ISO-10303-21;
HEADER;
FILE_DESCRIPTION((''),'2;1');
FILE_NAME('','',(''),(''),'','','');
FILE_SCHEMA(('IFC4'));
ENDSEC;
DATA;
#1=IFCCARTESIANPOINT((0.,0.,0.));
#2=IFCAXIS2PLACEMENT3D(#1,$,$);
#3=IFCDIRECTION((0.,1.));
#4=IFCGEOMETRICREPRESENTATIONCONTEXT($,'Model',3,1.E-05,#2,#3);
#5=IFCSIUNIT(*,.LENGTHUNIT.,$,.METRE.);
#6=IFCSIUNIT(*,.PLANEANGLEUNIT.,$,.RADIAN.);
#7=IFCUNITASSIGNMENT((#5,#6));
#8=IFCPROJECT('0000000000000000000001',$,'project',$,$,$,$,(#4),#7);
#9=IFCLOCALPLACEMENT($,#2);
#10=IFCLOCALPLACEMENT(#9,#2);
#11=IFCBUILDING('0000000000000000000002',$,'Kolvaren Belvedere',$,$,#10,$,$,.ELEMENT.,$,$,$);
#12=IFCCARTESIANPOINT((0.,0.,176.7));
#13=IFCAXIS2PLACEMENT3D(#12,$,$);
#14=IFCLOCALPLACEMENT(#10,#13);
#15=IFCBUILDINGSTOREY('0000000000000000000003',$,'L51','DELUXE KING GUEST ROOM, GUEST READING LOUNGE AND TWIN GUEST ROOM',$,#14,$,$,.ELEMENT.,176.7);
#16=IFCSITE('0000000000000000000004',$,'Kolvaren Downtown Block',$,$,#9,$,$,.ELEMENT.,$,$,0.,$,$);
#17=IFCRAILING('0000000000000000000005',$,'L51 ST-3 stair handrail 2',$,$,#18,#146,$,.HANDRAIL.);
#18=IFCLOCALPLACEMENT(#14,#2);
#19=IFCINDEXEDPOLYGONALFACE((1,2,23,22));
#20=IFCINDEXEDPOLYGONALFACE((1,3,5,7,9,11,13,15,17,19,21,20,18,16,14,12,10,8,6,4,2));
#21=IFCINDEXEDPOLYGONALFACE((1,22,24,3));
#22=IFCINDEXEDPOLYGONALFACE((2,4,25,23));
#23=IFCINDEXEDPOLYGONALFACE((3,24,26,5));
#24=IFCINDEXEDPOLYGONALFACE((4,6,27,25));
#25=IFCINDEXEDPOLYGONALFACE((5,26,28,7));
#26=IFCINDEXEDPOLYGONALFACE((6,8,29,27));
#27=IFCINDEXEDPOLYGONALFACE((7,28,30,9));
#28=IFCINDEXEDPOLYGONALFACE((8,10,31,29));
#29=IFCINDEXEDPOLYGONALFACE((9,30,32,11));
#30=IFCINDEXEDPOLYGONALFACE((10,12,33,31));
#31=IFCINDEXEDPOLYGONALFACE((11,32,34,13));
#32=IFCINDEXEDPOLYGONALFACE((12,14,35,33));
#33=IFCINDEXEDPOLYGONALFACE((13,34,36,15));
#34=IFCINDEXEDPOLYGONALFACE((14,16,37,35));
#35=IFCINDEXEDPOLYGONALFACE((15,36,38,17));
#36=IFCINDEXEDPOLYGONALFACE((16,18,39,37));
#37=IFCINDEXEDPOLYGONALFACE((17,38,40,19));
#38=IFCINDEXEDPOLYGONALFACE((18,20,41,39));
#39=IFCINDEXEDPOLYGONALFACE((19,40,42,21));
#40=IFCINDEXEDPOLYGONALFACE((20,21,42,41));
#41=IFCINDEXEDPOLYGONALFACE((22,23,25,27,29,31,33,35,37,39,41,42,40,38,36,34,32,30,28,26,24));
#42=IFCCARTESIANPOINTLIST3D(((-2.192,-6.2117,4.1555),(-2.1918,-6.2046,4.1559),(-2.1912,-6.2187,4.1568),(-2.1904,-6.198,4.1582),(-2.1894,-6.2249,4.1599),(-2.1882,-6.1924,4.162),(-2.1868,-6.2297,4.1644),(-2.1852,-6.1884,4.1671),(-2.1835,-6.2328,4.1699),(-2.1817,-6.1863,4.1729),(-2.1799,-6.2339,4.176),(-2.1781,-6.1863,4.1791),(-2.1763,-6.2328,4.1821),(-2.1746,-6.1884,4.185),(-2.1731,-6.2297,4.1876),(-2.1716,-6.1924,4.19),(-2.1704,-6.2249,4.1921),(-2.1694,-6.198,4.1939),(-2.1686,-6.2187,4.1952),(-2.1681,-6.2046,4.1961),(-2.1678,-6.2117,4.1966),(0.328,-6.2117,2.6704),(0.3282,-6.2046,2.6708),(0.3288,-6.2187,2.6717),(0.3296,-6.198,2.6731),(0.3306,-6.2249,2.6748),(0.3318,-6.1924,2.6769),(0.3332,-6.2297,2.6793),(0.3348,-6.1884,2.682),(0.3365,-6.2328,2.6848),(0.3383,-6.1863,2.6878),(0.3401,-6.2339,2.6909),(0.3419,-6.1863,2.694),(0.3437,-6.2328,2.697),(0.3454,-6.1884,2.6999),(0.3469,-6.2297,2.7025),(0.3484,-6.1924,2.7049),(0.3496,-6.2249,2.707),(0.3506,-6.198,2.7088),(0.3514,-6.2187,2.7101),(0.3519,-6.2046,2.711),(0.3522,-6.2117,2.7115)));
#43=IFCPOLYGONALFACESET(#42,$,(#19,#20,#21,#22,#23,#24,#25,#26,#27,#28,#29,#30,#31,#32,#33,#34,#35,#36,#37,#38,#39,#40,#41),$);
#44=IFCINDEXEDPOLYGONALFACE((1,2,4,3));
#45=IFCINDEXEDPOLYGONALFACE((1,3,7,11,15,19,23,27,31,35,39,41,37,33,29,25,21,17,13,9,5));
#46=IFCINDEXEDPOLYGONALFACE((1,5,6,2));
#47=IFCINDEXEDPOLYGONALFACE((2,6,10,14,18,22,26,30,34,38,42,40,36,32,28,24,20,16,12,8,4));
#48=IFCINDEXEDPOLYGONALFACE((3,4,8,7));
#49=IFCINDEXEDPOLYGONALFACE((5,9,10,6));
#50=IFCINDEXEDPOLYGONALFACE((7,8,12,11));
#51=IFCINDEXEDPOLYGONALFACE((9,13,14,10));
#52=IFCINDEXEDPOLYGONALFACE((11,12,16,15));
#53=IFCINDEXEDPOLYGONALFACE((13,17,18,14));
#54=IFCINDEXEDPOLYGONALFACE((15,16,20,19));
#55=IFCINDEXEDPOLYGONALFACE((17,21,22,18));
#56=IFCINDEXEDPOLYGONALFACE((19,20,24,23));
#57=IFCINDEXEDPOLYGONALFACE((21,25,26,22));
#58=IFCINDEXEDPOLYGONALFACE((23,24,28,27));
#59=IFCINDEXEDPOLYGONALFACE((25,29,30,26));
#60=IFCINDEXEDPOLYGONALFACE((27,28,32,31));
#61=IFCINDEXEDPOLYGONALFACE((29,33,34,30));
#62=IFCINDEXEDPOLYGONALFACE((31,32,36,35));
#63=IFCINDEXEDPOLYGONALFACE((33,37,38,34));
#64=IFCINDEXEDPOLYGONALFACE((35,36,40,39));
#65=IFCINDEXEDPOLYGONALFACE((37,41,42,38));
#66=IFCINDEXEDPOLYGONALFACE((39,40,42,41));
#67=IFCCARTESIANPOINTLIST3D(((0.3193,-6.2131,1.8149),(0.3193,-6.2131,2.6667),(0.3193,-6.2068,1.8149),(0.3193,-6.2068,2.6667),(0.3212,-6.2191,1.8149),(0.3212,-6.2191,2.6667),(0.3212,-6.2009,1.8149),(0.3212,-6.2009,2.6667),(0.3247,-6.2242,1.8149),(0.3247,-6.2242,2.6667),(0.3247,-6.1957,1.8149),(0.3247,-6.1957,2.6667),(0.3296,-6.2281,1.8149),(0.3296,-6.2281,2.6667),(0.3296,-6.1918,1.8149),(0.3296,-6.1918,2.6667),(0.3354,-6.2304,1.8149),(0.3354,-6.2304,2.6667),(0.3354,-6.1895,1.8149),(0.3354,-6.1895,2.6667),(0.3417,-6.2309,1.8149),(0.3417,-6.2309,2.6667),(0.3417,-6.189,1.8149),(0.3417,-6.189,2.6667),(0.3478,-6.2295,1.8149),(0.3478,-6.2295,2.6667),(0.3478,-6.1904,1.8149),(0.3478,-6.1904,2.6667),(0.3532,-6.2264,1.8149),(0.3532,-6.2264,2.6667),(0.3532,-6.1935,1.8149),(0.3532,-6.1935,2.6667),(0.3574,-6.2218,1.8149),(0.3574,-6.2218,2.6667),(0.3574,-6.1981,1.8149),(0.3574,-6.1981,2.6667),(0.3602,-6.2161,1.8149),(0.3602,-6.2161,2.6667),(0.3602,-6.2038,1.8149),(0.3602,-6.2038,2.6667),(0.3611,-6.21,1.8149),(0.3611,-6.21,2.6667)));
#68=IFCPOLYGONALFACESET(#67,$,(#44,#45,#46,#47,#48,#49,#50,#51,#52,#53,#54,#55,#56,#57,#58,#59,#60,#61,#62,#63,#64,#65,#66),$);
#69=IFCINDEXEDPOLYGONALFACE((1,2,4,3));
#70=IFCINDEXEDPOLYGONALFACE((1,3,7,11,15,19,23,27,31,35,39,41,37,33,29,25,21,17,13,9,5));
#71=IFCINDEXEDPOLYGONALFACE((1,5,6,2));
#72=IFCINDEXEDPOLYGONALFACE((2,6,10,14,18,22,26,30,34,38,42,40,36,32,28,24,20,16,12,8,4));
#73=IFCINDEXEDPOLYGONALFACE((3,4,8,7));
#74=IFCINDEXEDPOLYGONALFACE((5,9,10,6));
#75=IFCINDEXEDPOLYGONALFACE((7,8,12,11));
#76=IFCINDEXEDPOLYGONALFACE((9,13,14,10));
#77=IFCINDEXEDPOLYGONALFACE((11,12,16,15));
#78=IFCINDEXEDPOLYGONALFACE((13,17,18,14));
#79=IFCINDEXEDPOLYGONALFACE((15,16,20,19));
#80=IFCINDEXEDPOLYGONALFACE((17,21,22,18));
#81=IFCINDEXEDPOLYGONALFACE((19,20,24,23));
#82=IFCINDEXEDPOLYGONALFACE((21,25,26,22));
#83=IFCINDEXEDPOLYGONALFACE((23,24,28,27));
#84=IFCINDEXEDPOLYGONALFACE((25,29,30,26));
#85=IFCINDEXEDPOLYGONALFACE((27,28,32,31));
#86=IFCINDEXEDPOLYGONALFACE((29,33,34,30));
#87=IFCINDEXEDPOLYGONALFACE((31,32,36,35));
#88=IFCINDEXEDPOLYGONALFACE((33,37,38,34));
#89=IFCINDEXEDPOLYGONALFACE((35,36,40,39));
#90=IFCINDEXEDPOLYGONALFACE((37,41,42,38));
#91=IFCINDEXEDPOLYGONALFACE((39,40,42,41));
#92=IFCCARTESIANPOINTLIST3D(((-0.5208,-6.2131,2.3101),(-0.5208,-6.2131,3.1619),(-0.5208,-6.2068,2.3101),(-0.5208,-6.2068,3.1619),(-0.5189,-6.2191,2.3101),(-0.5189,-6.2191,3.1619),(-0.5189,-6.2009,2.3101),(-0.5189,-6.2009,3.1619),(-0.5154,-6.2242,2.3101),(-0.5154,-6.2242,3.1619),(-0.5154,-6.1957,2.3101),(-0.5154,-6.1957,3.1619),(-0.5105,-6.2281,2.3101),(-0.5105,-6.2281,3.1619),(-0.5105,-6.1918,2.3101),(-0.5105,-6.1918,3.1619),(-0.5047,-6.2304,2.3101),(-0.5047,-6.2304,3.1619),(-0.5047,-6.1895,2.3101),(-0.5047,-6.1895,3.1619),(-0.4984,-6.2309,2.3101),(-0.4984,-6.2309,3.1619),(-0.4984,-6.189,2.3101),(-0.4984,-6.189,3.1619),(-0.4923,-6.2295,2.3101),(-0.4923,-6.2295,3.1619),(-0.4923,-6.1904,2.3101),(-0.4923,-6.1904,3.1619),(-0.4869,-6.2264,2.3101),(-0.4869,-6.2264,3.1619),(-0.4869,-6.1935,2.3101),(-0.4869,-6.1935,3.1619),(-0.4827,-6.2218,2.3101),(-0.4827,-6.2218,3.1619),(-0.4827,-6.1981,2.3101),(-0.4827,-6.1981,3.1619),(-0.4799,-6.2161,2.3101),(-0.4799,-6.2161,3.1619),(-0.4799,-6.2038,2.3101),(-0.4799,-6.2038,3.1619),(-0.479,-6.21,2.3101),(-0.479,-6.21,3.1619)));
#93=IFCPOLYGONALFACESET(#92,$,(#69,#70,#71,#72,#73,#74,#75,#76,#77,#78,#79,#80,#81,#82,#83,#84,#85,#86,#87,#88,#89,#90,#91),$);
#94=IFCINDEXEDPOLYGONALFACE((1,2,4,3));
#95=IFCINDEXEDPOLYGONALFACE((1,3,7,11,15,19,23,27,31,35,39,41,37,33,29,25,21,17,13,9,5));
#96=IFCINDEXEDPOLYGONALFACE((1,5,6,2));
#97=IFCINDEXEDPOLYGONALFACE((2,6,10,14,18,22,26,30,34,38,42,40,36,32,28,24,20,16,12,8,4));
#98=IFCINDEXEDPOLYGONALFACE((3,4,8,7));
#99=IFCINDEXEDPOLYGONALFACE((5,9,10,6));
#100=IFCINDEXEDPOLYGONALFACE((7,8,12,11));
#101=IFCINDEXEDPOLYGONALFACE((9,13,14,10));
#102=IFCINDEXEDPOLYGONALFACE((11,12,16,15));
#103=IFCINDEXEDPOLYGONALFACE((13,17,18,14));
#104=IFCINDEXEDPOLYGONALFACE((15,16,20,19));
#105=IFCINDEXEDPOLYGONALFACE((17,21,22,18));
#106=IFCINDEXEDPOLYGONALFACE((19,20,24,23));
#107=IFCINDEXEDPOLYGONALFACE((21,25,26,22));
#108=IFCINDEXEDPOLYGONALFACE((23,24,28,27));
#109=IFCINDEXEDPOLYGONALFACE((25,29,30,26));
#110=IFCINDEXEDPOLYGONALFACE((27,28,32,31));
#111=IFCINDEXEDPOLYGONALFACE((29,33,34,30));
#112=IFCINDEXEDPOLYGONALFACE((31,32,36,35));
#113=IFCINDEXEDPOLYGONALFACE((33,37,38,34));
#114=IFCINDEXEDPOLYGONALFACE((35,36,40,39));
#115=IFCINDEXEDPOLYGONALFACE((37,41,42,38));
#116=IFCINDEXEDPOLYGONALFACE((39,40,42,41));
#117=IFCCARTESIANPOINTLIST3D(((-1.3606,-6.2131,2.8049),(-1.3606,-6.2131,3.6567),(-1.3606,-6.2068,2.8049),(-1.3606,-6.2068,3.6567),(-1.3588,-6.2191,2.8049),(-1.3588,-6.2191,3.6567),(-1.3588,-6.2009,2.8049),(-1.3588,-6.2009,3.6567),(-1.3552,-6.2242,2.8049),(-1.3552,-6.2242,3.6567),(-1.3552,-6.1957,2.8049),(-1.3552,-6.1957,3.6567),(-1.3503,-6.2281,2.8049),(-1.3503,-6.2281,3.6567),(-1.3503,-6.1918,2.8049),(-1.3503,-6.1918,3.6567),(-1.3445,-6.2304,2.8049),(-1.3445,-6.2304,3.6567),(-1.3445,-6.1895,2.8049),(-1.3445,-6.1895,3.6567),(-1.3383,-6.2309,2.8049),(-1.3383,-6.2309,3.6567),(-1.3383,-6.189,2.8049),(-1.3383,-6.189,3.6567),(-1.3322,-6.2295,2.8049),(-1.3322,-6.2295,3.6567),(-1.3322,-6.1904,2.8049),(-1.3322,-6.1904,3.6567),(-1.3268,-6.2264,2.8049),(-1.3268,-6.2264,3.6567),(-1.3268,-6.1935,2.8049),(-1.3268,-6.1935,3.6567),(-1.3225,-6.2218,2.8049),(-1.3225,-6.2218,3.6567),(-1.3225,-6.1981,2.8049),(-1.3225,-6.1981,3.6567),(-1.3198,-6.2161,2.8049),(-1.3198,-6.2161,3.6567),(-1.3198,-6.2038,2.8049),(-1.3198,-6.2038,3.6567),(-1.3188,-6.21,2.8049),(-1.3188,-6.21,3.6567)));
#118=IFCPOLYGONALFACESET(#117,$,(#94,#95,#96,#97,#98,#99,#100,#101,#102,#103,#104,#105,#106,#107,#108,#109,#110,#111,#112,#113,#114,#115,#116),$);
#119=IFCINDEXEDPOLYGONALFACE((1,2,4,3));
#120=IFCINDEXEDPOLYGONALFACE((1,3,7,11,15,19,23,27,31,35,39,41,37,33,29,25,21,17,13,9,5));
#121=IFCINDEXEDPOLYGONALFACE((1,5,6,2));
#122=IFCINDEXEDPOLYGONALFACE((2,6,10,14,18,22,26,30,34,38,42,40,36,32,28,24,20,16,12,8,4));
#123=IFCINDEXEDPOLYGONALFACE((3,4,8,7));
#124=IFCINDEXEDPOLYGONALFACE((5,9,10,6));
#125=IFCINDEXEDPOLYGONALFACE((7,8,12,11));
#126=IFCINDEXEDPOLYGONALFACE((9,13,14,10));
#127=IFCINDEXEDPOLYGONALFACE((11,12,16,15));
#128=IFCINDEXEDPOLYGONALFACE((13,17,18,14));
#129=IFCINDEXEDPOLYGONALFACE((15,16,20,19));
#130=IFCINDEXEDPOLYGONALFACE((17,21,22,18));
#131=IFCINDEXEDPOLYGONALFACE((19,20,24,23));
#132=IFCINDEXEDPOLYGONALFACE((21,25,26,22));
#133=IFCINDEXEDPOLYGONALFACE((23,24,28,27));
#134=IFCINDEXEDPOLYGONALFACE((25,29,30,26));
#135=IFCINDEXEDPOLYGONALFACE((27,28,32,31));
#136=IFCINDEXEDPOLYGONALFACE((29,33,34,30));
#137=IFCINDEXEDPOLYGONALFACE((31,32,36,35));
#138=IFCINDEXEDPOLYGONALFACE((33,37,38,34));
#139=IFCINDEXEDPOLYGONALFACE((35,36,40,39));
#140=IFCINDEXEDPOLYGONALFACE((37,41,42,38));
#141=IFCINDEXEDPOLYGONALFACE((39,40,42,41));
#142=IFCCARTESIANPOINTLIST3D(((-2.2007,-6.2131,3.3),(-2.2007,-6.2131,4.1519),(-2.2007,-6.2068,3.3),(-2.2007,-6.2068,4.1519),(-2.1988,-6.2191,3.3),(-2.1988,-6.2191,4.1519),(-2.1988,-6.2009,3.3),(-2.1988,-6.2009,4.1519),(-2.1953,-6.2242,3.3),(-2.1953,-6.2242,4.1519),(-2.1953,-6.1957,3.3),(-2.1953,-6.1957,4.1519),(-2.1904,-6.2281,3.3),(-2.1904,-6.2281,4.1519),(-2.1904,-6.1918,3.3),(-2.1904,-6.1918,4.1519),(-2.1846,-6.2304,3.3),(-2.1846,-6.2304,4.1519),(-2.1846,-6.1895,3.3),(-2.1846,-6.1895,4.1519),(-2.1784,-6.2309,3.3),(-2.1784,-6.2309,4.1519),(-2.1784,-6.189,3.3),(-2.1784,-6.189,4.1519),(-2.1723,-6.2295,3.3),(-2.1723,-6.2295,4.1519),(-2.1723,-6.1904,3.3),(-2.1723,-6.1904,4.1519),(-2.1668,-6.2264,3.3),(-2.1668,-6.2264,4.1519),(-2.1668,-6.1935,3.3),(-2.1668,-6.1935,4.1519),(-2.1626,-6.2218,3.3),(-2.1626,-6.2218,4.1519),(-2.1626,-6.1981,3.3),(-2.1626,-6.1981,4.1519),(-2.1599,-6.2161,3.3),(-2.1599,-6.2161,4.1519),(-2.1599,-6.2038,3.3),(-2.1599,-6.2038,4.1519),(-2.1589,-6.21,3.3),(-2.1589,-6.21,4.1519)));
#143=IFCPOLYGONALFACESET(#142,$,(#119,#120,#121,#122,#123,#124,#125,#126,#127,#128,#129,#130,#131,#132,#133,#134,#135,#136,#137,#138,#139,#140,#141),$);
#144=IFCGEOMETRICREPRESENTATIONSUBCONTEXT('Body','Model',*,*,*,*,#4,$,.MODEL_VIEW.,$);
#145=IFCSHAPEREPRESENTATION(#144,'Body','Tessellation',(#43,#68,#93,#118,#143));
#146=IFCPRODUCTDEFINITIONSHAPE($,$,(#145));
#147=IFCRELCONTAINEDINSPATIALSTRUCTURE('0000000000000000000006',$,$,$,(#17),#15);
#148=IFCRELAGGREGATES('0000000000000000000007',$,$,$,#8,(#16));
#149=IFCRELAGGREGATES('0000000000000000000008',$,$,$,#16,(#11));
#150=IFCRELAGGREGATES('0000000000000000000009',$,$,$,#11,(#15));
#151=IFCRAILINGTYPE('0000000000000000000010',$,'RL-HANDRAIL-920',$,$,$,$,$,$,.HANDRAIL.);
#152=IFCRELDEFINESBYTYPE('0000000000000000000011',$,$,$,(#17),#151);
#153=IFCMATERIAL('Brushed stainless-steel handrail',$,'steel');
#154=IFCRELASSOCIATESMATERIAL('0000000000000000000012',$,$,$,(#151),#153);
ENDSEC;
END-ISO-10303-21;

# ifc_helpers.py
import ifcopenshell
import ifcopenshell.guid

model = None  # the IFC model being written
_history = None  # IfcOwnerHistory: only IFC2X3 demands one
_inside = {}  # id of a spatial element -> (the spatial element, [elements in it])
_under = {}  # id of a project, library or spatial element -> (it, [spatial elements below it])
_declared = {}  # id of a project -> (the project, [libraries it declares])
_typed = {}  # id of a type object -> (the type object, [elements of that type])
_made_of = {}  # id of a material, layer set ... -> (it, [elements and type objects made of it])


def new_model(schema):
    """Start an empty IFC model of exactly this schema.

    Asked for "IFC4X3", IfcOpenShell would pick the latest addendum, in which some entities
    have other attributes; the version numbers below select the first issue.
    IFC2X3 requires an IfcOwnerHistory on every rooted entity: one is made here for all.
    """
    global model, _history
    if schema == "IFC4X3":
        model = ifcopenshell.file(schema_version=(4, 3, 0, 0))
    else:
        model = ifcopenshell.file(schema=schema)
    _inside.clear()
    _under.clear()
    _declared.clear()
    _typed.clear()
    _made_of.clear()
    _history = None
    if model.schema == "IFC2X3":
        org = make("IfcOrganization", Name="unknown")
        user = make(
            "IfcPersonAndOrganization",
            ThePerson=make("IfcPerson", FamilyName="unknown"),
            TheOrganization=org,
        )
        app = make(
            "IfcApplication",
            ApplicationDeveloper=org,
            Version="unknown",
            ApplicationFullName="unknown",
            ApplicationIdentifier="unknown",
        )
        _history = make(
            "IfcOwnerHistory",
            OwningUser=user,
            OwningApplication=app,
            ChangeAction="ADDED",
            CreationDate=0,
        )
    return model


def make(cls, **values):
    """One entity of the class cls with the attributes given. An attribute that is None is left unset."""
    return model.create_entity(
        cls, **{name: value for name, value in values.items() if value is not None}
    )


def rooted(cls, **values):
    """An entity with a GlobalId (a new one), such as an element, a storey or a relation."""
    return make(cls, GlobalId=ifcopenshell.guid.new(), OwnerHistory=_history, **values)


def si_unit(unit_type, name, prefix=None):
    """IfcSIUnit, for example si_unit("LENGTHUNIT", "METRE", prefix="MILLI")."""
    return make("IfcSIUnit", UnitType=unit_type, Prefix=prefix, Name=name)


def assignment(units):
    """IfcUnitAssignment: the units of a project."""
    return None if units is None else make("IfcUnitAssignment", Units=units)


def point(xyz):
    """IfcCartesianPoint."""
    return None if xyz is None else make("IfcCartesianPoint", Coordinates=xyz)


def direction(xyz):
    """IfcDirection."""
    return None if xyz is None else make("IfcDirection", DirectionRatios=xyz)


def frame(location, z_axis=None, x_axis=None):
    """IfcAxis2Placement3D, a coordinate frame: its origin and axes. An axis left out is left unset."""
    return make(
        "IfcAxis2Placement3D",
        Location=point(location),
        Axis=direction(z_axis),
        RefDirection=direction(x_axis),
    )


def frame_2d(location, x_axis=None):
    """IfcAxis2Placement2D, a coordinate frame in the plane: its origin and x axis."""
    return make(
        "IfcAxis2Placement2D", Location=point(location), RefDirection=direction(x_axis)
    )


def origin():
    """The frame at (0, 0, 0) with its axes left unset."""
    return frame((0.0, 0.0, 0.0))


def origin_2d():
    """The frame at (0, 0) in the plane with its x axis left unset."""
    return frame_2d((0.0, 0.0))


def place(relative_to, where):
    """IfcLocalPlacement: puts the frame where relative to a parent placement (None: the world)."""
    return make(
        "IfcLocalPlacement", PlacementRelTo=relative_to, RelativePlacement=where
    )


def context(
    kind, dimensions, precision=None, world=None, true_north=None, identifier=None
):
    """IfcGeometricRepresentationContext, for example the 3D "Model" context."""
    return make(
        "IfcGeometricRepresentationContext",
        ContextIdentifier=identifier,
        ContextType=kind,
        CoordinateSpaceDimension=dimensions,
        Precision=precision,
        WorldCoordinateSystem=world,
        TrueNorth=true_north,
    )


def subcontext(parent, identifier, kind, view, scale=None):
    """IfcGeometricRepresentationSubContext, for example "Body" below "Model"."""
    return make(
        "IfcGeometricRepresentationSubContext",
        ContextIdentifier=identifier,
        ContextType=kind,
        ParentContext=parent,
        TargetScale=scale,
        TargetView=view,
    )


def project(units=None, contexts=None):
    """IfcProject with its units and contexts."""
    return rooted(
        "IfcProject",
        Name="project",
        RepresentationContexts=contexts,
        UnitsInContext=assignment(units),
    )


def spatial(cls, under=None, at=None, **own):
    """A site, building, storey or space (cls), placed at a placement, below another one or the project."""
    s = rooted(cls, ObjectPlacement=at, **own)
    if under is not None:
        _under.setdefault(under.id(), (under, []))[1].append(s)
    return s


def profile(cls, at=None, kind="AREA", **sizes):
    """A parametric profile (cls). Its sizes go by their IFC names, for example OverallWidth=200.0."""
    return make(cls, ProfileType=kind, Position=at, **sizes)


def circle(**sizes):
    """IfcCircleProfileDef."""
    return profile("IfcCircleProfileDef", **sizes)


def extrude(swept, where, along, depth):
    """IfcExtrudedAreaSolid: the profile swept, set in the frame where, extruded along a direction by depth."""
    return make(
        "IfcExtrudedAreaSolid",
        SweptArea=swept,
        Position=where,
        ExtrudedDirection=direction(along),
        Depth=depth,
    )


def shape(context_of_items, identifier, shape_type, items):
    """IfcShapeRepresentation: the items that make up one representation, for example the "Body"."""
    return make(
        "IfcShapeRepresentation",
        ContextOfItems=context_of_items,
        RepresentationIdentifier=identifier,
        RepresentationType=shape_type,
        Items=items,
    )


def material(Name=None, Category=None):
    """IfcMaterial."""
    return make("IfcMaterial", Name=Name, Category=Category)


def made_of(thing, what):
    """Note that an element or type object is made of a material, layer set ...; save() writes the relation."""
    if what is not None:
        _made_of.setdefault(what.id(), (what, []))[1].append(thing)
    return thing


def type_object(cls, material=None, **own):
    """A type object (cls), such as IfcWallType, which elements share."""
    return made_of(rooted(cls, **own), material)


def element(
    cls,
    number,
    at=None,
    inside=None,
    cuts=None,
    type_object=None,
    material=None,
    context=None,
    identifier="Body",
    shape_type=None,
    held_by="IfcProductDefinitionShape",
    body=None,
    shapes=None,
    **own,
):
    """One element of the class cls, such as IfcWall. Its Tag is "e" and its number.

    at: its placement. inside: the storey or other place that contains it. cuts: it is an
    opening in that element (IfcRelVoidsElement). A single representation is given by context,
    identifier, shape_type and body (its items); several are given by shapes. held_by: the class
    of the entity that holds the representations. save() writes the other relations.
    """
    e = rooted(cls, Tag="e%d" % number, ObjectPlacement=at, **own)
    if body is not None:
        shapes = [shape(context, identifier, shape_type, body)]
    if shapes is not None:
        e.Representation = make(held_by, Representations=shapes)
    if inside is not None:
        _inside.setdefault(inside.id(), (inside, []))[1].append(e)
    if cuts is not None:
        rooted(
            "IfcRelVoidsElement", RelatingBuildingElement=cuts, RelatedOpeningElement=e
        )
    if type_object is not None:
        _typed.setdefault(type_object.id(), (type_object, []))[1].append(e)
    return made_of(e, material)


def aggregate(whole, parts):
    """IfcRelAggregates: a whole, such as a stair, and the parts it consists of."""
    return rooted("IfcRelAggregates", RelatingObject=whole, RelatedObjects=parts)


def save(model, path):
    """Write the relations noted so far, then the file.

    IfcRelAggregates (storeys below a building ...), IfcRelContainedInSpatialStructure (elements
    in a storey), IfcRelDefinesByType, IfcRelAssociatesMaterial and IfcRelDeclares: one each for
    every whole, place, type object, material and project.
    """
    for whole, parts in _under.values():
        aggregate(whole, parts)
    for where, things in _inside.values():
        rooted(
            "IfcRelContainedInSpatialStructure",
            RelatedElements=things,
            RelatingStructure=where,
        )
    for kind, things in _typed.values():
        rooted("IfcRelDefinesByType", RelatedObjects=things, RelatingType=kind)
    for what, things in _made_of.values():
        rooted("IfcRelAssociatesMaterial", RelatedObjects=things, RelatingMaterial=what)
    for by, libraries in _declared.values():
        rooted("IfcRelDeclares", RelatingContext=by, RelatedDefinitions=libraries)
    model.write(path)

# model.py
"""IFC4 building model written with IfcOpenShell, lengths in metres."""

from ifc_helpers import new_model, si_unit, direction, frame, origin, origin_2d, place, context, subcontext, project, spatial, circle, extrude, material, type_object, element, save


model = new_model("IFC4")

# Units and contexts
model_context = context("Model", 3, precision=1e-05, world=origin(), true_north=direction((0.0, 1.0)))
body_context = subcontext(model_context, "Body", "Model", "MODEL_VIEW")
ifc_project = project(units=[si_unit("LENGTHUNIT", "METRE"), si_unit("PLANEANGLEUNIT", "RADIAN")], contexts=[model_context])

# Site, building, storey
site_placement = place(None, origin())
site = spatial("IfcSite", under=ifc_project, at=site_placement, Name="Kolvaren Downtown Block", CompositionType="ELEMENT", RefElevation=0.0)
building_placement = place(site_placement, origin())
building = spatial("IfcBuilding", under=site, at=building_placement, Name="Kolvaren Belvedere", CompositionType="ELEMENT")
storey_placement = place(building_placement, frame((0.0, 0.0, 176.7)))
storey = spatial("IfcBuildingStorey", under=building, at=storey_placement, Name="L51", Description="DELUXE KING GUEST ROOM, GUEST READING LOUNGE AND TWIN GUEST ROOM", CompositionType="ELEMENT", Elevation=176.7)

# Railing
ifc_material_1 = material(Name="Brushed stainless-steel handrail", Category="steel")
railing_type_1 = type_object("IfcRailingType", Name="RL-HANDRAIL-920", PredefinedType="HANDRAIL", material=ifc_material_1)
railing_1_placement = place(storey_placement, frame((0.3401, -6.21, 1.8149)))
element("IfcRailing", 1, at=railing_1_placement, inside=storey, type_object=railing_type_1, Name="L51 ST-3 stair handrail 2", PredefinedType="HANDRAIL", context=body_context, shape_type="SweptSolid", body=[
    extrude(circle(Radius=0.0239, at=origin_2d()), frame((0.0, 0.0, 0.876), z_axis=(-0.861524, 0.0, 0.507717), x_axis=(0.0, -1.0, 0.0)), (0.0, 0.0, 1.0), 2.925),
    extrude(circle(Radius=0.021, at=origin_2d()), origin(), (0.0, 0.0, 1.0), 0.8518),
    extrude(circle(Radius=0.021, at=origin_2d()), frame((-0.8401, 0.0, 0.4951)), (0.0, 0.0, 1.0), 0.8518),
    extrude(circle(Radius=0.021, at=origin_2d()), frame((-1.6799, 0.0, 0.99)), (0.0, 0.0, 1.0), 0.8518),
    extrude(circle(Radius=0.021, at=origin_2d()), frame((-2.52, 0.0, 1.4851)), (0.0, 0.0, 1.0), 0.8518),
])

save(model, "model.ifc")
